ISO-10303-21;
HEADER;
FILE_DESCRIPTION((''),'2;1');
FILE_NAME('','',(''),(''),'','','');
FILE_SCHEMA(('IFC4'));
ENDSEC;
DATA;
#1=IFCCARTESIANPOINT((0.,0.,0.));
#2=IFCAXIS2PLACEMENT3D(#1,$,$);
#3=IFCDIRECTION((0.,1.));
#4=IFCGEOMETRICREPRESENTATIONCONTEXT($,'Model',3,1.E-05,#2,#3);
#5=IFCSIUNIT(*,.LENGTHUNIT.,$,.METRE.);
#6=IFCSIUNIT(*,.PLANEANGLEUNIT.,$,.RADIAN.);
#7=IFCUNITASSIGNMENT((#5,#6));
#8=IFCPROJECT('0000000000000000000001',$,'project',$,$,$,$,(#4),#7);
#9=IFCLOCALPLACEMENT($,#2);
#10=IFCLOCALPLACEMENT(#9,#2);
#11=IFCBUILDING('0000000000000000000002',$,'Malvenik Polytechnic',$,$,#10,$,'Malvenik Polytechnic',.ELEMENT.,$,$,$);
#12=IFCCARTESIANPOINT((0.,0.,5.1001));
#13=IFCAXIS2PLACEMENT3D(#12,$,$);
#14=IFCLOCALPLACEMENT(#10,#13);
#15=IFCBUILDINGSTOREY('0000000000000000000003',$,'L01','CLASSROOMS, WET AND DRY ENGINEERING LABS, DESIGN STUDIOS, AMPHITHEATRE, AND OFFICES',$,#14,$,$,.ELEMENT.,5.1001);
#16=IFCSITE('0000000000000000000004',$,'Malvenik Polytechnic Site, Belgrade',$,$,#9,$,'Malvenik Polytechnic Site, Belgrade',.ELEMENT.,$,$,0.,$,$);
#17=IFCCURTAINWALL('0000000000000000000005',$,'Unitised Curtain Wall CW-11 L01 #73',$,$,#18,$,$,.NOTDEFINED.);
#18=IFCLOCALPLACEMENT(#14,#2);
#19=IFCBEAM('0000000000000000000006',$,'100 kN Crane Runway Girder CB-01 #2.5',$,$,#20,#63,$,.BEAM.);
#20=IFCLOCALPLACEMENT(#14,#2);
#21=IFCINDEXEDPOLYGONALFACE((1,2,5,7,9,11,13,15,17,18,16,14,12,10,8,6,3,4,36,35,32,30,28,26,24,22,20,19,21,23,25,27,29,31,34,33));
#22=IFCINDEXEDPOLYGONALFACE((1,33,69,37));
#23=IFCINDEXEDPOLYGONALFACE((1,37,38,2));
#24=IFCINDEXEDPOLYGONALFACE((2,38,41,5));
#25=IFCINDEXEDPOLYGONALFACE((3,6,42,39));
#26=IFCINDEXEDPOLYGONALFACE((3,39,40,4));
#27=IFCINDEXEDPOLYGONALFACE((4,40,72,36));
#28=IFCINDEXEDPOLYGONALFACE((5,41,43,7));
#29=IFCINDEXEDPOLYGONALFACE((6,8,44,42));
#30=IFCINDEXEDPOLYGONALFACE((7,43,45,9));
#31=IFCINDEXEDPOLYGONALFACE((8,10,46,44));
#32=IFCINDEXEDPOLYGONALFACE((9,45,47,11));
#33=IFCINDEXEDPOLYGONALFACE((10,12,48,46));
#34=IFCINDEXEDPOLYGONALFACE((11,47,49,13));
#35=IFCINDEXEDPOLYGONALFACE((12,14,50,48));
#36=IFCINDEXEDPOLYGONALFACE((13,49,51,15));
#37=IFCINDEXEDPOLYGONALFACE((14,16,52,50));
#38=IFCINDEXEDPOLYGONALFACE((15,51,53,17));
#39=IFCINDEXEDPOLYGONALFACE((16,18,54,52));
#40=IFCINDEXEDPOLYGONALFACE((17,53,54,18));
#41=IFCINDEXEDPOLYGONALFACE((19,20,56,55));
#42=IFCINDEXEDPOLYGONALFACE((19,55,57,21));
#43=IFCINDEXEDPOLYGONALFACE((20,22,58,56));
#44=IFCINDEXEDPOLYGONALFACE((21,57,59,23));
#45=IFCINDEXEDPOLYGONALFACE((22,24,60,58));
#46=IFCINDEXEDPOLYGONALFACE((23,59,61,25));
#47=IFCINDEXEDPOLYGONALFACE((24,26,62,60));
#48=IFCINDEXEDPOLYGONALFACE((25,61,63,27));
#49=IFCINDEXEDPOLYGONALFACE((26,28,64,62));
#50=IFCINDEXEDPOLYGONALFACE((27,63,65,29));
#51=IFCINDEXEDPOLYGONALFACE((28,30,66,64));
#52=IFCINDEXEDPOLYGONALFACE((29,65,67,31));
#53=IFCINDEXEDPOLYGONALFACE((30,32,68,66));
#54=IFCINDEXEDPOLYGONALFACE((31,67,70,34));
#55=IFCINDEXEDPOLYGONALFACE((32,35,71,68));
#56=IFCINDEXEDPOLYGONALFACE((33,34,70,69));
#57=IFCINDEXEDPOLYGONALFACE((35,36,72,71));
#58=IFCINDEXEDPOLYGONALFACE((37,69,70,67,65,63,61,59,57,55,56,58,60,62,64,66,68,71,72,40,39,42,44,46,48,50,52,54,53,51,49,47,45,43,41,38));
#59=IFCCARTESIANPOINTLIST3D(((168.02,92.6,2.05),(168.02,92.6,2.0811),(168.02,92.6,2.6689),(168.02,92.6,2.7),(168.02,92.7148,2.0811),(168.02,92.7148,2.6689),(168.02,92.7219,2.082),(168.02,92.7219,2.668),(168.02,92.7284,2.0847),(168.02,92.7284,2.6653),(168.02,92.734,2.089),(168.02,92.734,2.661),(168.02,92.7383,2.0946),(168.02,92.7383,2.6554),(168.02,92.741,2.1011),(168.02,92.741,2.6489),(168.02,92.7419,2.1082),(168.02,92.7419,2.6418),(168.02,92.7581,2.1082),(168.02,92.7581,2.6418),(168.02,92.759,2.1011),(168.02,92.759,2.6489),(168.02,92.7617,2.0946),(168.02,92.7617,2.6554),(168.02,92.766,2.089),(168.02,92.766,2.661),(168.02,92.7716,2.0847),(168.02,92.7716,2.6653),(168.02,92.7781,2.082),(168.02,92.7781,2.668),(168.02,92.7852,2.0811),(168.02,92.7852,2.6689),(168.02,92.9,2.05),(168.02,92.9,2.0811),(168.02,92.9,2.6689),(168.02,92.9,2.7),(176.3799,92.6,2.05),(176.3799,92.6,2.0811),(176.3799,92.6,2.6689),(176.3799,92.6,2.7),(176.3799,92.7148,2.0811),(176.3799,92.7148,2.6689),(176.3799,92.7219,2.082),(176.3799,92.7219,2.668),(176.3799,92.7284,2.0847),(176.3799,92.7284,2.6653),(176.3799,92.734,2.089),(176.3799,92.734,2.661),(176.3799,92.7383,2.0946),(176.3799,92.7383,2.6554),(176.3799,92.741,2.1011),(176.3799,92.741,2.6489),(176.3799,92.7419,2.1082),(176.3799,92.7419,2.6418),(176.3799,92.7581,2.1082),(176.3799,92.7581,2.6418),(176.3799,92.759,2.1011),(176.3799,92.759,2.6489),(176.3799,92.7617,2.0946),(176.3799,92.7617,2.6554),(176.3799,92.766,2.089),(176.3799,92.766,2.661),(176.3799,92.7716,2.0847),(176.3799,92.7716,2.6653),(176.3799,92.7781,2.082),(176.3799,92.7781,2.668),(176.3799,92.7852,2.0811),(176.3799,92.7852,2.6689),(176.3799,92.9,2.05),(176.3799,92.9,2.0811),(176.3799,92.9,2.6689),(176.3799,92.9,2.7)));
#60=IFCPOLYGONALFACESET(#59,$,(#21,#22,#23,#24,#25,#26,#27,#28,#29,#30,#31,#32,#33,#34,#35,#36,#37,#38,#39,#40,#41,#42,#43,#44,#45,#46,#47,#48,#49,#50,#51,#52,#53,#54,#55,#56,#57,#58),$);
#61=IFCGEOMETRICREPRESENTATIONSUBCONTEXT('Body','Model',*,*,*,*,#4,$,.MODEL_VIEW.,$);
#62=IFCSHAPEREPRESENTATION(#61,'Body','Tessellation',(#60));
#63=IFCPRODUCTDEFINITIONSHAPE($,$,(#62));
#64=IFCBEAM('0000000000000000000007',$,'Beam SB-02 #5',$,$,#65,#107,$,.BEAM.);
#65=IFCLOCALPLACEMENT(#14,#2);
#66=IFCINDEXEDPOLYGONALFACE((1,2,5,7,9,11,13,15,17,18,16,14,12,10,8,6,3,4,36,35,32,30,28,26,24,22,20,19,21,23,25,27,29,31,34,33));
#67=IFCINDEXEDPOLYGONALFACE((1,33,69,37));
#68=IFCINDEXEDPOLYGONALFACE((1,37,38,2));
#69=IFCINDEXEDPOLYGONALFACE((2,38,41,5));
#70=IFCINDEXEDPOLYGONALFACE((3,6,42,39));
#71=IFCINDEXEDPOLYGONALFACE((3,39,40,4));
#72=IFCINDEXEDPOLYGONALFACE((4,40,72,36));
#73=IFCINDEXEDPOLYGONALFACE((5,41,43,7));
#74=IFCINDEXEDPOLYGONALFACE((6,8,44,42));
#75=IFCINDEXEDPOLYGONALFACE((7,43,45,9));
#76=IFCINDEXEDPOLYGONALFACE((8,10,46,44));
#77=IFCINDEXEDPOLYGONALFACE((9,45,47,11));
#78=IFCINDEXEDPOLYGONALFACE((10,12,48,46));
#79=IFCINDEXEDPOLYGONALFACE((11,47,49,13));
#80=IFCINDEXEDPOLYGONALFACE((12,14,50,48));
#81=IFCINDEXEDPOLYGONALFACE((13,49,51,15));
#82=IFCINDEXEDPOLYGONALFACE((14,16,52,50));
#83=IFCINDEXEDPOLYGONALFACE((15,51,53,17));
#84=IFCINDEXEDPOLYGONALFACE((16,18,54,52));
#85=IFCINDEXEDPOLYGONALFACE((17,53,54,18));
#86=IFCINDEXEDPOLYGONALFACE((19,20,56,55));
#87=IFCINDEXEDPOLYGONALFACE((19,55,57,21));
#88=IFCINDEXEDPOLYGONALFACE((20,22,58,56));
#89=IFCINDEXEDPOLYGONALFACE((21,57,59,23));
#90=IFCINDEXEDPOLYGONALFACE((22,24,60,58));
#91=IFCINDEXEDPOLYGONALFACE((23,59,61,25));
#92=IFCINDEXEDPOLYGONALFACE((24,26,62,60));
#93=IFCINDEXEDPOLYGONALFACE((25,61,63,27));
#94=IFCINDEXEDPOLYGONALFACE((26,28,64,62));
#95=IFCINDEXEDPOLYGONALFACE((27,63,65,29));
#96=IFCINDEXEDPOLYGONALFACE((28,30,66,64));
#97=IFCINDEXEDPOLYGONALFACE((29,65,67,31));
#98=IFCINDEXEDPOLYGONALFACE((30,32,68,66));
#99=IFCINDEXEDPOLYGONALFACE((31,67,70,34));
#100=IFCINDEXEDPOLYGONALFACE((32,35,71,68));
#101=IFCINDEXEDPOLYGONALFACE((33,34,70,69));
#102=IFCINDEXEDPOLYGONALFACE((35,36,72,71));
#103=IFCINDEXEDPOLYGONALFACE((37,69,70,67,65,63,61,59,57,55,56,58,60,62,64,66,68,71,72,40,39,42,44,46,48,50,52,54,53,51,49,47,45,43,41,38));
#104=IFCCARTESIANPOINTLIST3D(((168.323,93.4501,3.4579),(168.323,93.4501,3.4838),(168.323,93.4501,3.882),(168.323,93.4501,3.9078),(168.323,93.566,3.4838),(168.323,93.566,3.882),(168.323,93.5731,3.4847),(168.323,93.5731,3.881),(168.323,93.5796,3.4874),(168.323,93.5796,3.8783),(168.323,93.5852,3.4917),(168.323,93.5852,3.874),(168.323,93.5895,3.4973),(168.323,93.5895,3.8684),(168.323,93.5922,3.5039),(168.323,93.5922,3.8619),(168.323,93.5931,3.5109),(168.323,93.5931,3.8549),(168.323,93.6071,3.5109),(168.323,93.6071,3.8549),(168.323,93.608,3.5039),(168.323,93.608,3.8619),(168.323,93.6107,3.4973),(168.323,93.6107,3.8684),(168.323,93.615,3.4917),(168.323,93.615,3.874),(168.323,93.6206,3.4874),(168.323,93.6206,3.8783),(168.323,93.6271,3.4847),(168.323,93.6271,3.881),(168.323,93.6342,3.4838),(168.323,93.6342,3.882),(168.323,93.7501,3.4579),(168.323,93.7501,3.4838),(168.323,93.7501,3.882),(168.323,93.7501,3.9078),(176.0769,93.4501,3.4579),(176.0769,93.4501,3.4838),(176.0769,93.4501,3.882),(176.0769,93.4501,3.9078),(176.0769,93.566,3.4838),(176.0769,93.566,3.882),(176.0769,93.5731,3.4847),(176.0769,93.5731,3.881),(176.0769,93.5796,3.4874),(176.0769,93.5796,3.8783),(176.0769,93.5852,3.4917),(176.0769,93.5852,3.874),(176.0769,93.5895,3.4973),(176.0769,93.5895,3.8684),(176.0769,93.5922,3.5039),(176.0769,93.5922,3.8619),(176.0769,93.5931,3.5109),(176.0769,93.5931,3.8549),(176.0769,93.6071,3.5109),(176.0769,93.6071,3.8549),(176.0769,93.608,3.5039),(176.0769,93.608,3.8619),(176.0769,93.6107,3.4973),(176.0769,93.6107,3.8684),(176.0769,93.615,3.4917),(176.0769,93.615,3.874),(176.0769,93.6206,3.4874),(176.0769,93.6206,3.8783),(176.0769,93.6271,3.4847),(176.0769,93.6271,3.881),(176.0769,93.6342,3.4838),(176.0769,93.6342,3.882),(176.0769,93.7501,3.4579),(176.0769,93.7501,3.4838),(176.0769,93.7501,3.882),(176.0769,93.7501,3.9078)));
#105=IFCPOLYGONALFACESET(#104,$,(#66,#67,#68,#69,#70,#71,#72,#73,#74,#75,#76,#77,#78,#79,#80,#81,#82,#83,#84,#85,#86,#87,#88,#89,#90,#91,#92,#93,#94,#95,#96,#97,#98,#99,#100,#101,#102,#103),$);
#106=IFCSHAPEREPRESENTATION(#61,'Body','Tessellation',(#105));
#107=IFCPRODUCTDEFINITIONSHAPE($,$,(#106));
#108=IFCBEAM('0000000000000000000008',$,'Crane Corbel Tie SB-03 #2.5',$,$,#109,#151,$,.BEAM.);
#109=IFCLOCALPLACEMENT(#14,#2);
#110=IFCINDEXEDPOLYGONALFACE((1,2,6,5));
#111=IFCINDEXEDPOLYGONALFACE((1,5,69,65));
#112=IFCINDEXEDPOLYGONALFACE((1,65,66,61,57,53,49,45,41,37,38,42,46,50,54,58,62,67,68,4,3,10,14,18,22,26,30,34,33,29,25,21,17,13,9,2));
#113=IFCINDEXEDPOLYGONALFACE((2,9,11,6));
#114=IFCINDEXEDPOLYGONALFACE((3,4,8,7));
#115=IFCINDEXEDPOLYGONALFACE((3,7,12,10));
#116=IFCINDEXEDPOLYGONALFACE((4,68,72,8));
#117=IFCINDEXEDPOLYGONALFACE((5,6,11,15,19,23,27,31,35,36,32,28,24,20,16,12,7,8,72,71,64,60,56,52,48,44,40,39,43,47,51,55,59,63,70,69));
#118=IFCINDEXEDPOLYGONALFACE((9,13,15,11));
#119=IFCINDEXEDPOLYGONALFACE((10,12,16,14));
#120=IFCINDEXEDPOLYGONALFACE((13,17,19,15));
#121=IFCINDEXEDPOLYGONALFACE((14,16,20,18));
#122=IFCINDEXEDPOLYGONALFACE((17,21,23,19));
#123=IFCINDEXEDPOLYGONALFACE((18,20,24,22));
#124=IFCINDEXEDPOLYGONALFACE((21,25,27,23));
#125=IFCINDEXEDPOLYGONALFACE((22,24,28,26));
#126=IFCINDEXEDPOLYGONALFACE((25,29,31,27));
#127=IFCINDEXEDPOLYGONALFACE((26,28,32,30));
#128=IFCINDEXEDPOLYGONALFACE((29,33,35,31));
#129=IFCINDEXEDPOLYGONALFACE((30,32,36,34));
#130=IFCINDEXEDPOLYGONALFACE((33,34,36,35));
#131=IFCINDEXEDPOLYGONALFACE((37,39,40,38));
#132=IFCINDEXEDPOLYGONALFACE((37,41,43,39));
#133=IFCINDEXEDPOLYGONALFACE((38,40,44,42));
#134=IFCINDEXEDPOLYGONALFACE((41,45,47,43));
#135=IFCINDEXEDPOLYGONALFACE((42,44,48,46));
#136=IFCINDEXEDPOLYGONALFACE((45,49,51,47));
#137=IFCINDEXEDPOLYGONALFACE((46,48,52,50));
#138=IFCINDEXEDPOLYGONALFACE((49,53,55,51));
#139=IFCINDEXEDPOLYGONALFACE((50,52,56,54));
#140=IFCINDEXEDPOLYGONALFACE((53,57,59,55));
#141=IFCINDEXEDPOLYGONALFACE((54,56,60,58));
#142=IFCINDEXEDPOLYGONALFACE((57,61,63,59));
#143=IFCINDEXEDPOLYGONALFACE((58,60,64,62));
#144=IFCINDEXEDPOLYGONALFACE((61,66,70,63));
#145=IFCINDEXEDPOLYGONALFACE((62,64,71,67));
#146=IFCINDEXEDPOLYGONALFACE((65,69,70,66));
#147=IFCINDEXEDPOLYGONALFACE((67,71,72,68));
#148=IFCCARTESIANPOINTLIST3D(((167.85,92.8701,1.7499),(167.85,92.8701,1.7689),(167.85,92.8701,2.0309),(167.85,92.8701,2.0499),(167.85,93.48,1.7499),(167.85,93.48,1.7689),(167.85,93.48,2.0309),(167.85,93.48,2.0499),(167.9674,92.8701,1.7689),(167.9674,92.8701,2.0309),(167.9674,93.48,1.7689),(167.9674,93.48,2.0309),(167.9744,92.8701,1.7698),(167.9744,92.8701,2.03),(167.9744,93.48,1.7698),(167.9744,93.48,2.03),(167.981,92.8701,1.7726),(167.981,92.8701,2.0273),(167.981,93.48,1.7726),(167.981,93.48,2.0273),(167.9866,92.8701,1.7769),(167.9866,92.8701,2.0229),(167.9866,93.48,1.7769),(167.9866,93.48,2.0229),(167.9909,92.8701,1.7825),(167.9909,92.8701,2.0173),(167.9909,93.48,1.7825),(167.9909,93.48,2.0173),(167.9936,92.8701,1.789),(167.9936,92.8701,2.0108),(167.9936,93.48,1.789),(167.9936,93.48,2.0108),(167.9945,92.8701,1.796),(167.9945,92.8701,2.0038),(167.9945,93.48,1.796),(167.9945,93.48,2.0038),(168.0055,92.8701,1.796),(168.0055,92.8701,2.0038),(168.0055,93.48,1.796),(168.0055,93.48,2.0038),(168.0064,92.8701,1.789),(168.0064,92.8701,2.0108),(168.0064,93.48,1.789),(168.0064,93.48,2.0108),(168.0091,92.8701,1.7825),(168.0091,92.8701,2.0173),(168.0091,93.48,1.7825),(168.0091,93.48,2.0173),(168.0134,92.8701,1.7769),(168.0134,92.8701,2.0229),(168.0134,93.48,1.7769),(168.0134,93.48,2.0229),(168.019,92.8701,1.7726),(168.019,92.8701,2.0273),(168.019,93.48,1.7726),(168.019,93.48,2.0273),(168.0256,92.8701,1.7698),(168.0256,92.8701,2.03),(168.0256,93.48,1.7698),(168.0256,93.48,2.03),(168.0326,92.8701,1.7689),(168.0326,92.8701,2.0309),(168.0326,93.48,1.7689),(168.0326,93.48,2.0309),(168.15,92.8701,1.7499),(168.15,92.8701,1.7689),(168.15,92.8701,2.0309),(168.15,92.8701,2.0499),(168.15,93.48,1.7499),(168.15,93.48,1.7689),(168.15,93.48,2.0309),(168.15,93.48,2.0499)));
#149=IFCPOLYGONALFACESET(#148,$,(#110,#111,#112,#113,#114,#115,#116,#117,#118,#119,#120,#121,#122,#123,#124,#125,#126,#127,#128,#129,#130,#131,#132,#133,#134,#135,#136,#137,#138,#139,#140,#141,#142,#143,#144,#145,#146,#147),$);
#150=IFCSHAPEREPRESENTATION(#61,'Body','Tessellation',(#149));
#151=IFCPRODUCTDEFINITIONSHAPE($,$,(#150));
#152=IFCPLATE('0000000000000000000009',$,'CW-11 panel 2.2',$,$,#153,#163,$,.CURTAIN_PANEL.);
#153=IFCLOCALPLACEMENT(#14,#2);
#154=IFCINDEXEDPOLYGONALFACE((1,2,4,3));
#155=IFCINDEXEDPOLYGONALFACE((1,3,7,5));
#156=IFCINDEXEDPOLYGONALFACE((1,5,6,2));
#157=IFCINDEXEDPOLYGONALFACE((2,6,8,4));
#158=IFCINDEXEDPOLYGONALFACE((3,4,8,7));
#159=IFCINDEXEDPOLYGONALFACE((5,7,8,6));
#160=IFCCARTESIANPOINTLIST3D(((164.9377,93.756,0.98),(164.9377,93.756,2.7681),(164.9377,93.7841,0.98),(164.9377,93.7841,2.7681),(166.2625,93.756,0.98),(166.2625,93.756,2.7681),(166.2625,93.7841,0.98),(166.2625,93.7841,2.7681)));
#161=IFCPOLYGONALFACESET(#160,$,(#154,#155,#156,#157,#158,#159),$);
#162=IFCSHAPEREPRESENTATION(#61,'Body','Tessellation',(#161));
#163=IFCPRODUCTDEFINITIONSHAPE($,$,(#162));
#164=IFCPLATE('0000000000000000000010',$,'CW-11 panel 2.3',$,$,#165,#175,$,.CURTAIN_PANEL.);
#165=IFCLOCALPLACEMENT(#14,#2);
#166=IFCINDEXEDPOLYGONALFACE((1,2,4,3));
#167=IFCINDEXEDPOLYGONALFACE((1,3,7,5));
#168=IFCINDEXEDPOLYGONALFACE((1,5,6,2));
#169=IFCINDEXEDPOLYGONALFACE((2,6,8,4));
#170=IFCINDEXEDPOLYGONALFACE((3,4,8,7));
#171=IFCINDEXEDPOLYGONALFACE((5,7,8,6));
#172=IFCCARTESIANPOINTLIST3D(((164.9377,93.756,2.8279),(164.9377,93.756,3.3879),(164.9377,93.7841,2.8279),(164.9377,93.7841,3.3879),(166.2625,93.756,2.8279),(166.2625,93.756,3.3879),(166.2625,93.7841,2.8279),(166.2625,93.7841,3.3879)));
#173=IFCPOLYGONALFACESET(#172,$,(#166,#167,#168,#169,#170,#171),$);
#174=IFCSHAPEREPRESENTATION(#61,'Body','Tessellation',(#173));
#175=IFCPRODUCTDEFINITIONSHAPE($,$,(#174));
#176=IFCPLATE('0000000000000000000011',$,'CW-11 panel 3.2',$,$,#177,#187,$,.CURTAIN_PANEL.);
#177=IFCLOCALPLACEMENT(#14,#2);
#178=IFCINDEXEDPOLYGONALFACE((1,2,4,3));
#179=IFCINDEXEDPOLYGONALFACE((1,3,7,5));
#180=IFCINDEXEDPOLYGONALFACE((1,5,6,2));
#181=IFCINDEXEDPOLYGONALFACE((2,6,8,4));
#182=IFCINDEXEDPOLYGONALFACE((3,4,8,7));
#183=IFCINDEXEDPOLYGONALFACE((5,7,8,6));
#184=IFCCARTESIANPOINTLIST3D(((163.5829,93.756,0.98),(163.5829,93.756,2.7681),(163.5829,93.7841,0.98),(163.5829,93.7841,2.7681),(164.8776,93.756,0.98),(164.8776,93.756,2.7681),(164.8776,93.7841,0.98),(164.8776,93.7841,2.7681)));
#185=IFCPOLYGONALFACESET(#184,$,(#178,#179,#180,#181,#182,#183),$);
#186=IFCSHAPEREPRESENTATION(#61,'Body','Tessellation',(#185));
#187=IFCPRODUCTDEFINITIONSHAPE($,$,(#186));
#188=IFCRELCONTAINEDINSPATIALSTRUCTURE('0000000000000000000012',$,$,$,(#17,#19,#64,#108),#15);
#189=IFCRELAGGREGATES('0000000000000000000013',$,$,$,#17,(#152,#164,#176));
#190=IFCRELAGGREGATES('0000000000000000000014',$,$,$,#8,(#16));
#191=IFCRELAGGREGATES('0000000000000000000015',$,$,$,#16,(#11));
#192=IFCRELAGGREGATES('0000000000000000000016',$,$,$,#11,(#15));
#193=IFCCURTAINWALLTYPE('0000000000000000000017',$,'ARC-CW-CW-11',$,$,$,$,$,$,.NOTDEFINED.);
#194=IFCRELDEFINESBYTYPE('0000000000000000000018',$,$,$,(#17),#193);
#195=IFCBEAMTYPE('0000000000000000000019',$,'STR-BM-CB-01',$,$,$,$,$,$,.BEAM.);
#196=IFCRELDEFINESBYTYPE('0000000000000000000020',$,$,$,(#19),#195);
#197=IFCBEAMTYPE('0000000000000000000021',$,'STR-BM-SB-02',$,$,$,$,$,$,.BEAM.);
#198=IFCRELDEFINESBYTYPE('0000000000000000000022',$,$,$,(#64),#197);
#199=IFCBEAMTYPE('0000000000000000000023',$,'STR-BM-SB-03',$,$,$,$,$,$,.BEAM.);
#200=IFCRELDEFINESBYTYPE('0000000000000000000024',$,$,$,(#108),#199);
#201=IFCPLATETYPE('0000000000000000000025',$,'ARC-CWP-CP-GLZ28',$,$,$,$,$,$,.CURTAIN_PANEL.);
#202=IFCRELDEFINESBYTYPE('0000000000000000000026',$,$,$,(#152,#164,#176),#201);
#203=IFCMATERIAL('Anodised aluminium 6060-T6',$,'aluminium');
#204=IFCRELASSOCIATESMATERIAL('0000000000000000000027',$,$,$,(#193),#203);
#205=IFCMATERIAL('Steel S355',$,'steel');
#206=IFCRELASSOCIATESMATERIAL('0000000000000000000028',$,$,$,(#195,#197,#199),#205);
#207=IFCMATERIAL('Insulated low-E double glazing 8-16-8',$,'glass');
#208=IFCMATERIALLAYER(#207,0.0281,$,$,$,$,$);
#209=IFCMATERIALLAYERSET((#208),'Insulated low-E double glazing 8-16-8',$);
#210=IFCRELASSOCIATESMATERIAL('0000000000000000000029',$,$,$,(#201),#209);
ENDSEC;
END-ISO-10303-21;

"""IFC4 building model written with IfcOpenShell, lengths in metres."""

from ifc_helpers import new_model, si_unit, direction, frame, origin, origin_2d, place, context, subcontext, project, spatial, rectangle, i_section, extrude, material, layer, layer_set, material_profile, profile_set, type_object, element, aggregate, save


model = new_model("IFC4")

# Units and contexts
model_context = context("Model", 3, precision=1e-05, world=origin(), true_north=direction((0.0, 1.0)))
body_context = subcontext(model_context, "Body", "Model", "MODEL_VIEW")
ifc_project = project(units=[si_unit("LENGTHUNIT", "METRE"), si_unit("PLANEANGLEUNIT", "RADIAN")], contexts=[model_context])

# Site, building, storey
site_placement = place(None, origin())
site = spatial("IfcSite", under=ifc_project, at=site_placement, Name="Malvenik Polytechnic Site, Belgrade", LongName="Malvenik Polytechnic Site, Belgrade", CompositionType="ELEMENT", RefElevation=0.0)
building_placement = place(site_placement, origin())
building = spatial("IfcBuilding", under=site, at=building_placement, Name="Malvenik Polytechnic", LongName="Malvenik Polytechnic", CompositionType="ELEMENT")
storey_placement = place(building_placement, frame((0.0, 0.0, 5.1001)))
storey = spatial("IfcBuildingStorey", under=building, at=storey_placement, Name="L01", Description="CLASSROOMS, WET AND DRY ENGINEERING LABS, DESIGN STUDIOS, AMPHITHEATRE, AND OFFICES", CompositionType="ELEMENT", Elevation=5.1001)

# Curtain wall
ifc_material_1 = material(Name="Anodised aluminium 6060-T6", Category="aluminium")
curtain_wall_type = type_object("IfcCurtainWallType", Name="ARC-CW-CW-11", PredefinedType="NOTDEFINED", material=ifc_material_1)
curtain_wall_placement = place(storey_placement, origin())
curtain_wall = element("IfcCurtainWall", 1, at=curtain_wall_placement, inside=storey, type_object=curtain_wall_type, Name="Unitised Curtain Wall CW-11 L01 #73", PredefinedType="NOTDEFINED")

# Beams
ifc_material_2 = material(Name="Steel S355", Category="steel")
ifc_material_profile_1 = material_profile(ifc_material_2, i_section(OverallWidth=0.3, OverallDepth=0.6499, WebThickness=0.0161, FlangeThickness=0.031, FilletRadius=0.0271, at=origin_2d()), Name="HEB 650")
ifc_profile_set_1 = profile_set([ifc_material_profile_1], Name="Steel S355")
beam_type_1 = type_object("IfcBeamType", Name="STR-BM-CB-01", PredefinedType="BEAM", material=ifc_profile_set_1)
beam_1_placement = place(storey_placement, frame((168.02, 92.75, 2.375), z_axis=(1.0, 0.0, 0.0), x_axis=(0.0, 1.0, 0.0)))
element("IfcBeam", 2, at=beam_1_placement, inside=storey, type_object=beam_type_1, Name="100 kN Crane Runway Girder CB-01 #2.5", PredefinedType="BEAM", context=body_context, shape_type="SweptSolid", body=[
    extrude(i_section(OverallWidth=0.3, OverallDepth=0.6499, WebThickness=0.0161, FlangeThickness=0.031, FilletRadius=0.0271, at=origin_2d()), origin(), (0.0, 0.0, 1.0), 8.3599),
])
ifc_material_profile_2 = material_profile(ifc_material_2, i_section(OverallWidth=0.3, OverallDepth=0.45, WebThickness=0.0139, FlangeThickness=0.0259, FilletRadius=0.0271, at=origin_2d()), Name="HEB 450")
ifc_profile_set_2 = profile_set([ifc_material_profile_2], Name="Steel S355")
beam_type_2 = type_object("IfcBeamType", Name="STR-BM-SB-02", PredefinedType="BEAM", material=ifc_profile_set_2)
beam_2_placement = place(storey_placement, frame((168.323, 93.6001, 3.6829), z_axis=(1.0, 0.0, 0.0), x_axis=(0.0, 1.0, 0.0)))
element("IfcBeam", 3, at=beam_2_placement, inside=storey, type_object=beam_type_2, Name="Beam SB-02 #5", PredefinedType="BEAM", context=body_context, shape_type="SweptSolid", body=[
    extrude(i_section(OverallWidth=0.3, OverallDepth=0.45, WebThickness=0.0139, FlangeThickness=0.0259, FilletRadius=0.0271, at=origin_2d()), origin(), (0.0, 0.0, 1.0), 7.7539),
])
ifc_material_profile_3 = material_profile(ifc_material_2, i_section(OverallWidth=0.3, OverallDepth=0.3, WebThickness=0.011, FlangeThickness=0.019, FilletRadius=0.0271, at=origin_2d()), Name="HEB 300")
ifc_profile_set_3 = profile_set([ifc_material_profile_3], Name="Steel S355")
beam_type_3 = type_object("IfcBeamType", Name="STR-BM-SB-03", PredefinedType="BEAM", material=ifc_profile_set_3)
beam_3_placement = place(storey_placement, frame((168.0, 92.8701, 1.8999), z_axis=(0.0, 1.0, 0.0), x_axis=(-1.0, 0.0, 0.0)))
element("IfcBeam", 4, at=beam_3_placement, inside=storey, type_object=beam_type_3, Name="Crane Corbel Tie SB-03 #2.5", PredefinedType="BEAM", context=body_context, shape_type="SweptSolid", body=[
    extrude(i_section(OverallWidth=0.3, OverallDepth=0.3, WebThickness=0.011, FlangeThickness=0.019, FilletRadius=0.0271, at=origin_2d()), origin(), (0.0, 0.0, 1.0), 0.6099),
])

# Plates
ifc_material_3 = material(Name="Insulated low-E double glazing 8-16-8", Category="glass")
ifc_layer_1 = layer(ifc_material_3, 0.0281)
ifc_layer_set_1 = layer_set([ifc_layer_1], Name="Insulated low-E double glazing 8-16-8")
plate_type_1 = type_object("IfcPlateType", Name="ARC-CWP-CP-GLZ28", PredefinedType="CURTAIN_PANEL", material=ifc_layer_set_1)
plate_1_placement = place(storey_placement, frame((165.6001, 93.77, 0.98), z_axis=(0.0, 0.0, 1.0), x_axis=(-1.0, 0.0, 0.0)))
plate_1 = element("IfcPlate", 5, at=plate_1_placement, type_object=plate_type_1, Name="CW-11 panel 2.2", PredefinedType="CURTAIN_PANEL", context=body_context, shape_type="SweptSolid", body=[
    extrude(rectangle(XDim=1.3247, YDim=0.0281, at=origin_2d()), origin(), (0.0, 0.0, 1.0), 1.7881),
])
plate_2_placement = place(storey_placement, frame((165.6001, 93.77, 2.8279), z_axis=(0.0, 0.0, 1.0), x_axis=(-1.0, 0.0, 0.0)))
plate_2 = element("IfcPlate", 6, at=plate_2_placement, type_object=plate_type_1, Name="CW-11 panel 2.3", PredefinedType="CURTAIN_PANEL", context=body_context, shape_type="SweptSolid", body=[
    extrude(rectangle(XDim=1.3247, YDim=0.0281, at=origin_2d()), origin(), (0.0, 0.0, 1.0), 0.5601),
])
plate_3_placement = place(storey_placement, frame((164.2302, 93.77, 0.98), z_axis=(0.0, 0.0, 1.0), x_axis=(-1.0, 0.0, 0.0)))
plate_3 = element("IfcPlate", 7, at=plate_3_placement, type_object=plate_type_1, Name="CW-11 panel 3.2", PredefinedType="CURTAIN_PANEL", context=body_context, shape_type="SweptSolid", body=[
    extrude(rectangle(XDim=1.2947, YDim=0.0281, at=origin_2d()), origin(), (0.0, 0.0, 1.0), 1.7881),
])
aggregate(curtain_wall, [plate_1, plate_2, plate_3])

save(model, "model.ifc")
